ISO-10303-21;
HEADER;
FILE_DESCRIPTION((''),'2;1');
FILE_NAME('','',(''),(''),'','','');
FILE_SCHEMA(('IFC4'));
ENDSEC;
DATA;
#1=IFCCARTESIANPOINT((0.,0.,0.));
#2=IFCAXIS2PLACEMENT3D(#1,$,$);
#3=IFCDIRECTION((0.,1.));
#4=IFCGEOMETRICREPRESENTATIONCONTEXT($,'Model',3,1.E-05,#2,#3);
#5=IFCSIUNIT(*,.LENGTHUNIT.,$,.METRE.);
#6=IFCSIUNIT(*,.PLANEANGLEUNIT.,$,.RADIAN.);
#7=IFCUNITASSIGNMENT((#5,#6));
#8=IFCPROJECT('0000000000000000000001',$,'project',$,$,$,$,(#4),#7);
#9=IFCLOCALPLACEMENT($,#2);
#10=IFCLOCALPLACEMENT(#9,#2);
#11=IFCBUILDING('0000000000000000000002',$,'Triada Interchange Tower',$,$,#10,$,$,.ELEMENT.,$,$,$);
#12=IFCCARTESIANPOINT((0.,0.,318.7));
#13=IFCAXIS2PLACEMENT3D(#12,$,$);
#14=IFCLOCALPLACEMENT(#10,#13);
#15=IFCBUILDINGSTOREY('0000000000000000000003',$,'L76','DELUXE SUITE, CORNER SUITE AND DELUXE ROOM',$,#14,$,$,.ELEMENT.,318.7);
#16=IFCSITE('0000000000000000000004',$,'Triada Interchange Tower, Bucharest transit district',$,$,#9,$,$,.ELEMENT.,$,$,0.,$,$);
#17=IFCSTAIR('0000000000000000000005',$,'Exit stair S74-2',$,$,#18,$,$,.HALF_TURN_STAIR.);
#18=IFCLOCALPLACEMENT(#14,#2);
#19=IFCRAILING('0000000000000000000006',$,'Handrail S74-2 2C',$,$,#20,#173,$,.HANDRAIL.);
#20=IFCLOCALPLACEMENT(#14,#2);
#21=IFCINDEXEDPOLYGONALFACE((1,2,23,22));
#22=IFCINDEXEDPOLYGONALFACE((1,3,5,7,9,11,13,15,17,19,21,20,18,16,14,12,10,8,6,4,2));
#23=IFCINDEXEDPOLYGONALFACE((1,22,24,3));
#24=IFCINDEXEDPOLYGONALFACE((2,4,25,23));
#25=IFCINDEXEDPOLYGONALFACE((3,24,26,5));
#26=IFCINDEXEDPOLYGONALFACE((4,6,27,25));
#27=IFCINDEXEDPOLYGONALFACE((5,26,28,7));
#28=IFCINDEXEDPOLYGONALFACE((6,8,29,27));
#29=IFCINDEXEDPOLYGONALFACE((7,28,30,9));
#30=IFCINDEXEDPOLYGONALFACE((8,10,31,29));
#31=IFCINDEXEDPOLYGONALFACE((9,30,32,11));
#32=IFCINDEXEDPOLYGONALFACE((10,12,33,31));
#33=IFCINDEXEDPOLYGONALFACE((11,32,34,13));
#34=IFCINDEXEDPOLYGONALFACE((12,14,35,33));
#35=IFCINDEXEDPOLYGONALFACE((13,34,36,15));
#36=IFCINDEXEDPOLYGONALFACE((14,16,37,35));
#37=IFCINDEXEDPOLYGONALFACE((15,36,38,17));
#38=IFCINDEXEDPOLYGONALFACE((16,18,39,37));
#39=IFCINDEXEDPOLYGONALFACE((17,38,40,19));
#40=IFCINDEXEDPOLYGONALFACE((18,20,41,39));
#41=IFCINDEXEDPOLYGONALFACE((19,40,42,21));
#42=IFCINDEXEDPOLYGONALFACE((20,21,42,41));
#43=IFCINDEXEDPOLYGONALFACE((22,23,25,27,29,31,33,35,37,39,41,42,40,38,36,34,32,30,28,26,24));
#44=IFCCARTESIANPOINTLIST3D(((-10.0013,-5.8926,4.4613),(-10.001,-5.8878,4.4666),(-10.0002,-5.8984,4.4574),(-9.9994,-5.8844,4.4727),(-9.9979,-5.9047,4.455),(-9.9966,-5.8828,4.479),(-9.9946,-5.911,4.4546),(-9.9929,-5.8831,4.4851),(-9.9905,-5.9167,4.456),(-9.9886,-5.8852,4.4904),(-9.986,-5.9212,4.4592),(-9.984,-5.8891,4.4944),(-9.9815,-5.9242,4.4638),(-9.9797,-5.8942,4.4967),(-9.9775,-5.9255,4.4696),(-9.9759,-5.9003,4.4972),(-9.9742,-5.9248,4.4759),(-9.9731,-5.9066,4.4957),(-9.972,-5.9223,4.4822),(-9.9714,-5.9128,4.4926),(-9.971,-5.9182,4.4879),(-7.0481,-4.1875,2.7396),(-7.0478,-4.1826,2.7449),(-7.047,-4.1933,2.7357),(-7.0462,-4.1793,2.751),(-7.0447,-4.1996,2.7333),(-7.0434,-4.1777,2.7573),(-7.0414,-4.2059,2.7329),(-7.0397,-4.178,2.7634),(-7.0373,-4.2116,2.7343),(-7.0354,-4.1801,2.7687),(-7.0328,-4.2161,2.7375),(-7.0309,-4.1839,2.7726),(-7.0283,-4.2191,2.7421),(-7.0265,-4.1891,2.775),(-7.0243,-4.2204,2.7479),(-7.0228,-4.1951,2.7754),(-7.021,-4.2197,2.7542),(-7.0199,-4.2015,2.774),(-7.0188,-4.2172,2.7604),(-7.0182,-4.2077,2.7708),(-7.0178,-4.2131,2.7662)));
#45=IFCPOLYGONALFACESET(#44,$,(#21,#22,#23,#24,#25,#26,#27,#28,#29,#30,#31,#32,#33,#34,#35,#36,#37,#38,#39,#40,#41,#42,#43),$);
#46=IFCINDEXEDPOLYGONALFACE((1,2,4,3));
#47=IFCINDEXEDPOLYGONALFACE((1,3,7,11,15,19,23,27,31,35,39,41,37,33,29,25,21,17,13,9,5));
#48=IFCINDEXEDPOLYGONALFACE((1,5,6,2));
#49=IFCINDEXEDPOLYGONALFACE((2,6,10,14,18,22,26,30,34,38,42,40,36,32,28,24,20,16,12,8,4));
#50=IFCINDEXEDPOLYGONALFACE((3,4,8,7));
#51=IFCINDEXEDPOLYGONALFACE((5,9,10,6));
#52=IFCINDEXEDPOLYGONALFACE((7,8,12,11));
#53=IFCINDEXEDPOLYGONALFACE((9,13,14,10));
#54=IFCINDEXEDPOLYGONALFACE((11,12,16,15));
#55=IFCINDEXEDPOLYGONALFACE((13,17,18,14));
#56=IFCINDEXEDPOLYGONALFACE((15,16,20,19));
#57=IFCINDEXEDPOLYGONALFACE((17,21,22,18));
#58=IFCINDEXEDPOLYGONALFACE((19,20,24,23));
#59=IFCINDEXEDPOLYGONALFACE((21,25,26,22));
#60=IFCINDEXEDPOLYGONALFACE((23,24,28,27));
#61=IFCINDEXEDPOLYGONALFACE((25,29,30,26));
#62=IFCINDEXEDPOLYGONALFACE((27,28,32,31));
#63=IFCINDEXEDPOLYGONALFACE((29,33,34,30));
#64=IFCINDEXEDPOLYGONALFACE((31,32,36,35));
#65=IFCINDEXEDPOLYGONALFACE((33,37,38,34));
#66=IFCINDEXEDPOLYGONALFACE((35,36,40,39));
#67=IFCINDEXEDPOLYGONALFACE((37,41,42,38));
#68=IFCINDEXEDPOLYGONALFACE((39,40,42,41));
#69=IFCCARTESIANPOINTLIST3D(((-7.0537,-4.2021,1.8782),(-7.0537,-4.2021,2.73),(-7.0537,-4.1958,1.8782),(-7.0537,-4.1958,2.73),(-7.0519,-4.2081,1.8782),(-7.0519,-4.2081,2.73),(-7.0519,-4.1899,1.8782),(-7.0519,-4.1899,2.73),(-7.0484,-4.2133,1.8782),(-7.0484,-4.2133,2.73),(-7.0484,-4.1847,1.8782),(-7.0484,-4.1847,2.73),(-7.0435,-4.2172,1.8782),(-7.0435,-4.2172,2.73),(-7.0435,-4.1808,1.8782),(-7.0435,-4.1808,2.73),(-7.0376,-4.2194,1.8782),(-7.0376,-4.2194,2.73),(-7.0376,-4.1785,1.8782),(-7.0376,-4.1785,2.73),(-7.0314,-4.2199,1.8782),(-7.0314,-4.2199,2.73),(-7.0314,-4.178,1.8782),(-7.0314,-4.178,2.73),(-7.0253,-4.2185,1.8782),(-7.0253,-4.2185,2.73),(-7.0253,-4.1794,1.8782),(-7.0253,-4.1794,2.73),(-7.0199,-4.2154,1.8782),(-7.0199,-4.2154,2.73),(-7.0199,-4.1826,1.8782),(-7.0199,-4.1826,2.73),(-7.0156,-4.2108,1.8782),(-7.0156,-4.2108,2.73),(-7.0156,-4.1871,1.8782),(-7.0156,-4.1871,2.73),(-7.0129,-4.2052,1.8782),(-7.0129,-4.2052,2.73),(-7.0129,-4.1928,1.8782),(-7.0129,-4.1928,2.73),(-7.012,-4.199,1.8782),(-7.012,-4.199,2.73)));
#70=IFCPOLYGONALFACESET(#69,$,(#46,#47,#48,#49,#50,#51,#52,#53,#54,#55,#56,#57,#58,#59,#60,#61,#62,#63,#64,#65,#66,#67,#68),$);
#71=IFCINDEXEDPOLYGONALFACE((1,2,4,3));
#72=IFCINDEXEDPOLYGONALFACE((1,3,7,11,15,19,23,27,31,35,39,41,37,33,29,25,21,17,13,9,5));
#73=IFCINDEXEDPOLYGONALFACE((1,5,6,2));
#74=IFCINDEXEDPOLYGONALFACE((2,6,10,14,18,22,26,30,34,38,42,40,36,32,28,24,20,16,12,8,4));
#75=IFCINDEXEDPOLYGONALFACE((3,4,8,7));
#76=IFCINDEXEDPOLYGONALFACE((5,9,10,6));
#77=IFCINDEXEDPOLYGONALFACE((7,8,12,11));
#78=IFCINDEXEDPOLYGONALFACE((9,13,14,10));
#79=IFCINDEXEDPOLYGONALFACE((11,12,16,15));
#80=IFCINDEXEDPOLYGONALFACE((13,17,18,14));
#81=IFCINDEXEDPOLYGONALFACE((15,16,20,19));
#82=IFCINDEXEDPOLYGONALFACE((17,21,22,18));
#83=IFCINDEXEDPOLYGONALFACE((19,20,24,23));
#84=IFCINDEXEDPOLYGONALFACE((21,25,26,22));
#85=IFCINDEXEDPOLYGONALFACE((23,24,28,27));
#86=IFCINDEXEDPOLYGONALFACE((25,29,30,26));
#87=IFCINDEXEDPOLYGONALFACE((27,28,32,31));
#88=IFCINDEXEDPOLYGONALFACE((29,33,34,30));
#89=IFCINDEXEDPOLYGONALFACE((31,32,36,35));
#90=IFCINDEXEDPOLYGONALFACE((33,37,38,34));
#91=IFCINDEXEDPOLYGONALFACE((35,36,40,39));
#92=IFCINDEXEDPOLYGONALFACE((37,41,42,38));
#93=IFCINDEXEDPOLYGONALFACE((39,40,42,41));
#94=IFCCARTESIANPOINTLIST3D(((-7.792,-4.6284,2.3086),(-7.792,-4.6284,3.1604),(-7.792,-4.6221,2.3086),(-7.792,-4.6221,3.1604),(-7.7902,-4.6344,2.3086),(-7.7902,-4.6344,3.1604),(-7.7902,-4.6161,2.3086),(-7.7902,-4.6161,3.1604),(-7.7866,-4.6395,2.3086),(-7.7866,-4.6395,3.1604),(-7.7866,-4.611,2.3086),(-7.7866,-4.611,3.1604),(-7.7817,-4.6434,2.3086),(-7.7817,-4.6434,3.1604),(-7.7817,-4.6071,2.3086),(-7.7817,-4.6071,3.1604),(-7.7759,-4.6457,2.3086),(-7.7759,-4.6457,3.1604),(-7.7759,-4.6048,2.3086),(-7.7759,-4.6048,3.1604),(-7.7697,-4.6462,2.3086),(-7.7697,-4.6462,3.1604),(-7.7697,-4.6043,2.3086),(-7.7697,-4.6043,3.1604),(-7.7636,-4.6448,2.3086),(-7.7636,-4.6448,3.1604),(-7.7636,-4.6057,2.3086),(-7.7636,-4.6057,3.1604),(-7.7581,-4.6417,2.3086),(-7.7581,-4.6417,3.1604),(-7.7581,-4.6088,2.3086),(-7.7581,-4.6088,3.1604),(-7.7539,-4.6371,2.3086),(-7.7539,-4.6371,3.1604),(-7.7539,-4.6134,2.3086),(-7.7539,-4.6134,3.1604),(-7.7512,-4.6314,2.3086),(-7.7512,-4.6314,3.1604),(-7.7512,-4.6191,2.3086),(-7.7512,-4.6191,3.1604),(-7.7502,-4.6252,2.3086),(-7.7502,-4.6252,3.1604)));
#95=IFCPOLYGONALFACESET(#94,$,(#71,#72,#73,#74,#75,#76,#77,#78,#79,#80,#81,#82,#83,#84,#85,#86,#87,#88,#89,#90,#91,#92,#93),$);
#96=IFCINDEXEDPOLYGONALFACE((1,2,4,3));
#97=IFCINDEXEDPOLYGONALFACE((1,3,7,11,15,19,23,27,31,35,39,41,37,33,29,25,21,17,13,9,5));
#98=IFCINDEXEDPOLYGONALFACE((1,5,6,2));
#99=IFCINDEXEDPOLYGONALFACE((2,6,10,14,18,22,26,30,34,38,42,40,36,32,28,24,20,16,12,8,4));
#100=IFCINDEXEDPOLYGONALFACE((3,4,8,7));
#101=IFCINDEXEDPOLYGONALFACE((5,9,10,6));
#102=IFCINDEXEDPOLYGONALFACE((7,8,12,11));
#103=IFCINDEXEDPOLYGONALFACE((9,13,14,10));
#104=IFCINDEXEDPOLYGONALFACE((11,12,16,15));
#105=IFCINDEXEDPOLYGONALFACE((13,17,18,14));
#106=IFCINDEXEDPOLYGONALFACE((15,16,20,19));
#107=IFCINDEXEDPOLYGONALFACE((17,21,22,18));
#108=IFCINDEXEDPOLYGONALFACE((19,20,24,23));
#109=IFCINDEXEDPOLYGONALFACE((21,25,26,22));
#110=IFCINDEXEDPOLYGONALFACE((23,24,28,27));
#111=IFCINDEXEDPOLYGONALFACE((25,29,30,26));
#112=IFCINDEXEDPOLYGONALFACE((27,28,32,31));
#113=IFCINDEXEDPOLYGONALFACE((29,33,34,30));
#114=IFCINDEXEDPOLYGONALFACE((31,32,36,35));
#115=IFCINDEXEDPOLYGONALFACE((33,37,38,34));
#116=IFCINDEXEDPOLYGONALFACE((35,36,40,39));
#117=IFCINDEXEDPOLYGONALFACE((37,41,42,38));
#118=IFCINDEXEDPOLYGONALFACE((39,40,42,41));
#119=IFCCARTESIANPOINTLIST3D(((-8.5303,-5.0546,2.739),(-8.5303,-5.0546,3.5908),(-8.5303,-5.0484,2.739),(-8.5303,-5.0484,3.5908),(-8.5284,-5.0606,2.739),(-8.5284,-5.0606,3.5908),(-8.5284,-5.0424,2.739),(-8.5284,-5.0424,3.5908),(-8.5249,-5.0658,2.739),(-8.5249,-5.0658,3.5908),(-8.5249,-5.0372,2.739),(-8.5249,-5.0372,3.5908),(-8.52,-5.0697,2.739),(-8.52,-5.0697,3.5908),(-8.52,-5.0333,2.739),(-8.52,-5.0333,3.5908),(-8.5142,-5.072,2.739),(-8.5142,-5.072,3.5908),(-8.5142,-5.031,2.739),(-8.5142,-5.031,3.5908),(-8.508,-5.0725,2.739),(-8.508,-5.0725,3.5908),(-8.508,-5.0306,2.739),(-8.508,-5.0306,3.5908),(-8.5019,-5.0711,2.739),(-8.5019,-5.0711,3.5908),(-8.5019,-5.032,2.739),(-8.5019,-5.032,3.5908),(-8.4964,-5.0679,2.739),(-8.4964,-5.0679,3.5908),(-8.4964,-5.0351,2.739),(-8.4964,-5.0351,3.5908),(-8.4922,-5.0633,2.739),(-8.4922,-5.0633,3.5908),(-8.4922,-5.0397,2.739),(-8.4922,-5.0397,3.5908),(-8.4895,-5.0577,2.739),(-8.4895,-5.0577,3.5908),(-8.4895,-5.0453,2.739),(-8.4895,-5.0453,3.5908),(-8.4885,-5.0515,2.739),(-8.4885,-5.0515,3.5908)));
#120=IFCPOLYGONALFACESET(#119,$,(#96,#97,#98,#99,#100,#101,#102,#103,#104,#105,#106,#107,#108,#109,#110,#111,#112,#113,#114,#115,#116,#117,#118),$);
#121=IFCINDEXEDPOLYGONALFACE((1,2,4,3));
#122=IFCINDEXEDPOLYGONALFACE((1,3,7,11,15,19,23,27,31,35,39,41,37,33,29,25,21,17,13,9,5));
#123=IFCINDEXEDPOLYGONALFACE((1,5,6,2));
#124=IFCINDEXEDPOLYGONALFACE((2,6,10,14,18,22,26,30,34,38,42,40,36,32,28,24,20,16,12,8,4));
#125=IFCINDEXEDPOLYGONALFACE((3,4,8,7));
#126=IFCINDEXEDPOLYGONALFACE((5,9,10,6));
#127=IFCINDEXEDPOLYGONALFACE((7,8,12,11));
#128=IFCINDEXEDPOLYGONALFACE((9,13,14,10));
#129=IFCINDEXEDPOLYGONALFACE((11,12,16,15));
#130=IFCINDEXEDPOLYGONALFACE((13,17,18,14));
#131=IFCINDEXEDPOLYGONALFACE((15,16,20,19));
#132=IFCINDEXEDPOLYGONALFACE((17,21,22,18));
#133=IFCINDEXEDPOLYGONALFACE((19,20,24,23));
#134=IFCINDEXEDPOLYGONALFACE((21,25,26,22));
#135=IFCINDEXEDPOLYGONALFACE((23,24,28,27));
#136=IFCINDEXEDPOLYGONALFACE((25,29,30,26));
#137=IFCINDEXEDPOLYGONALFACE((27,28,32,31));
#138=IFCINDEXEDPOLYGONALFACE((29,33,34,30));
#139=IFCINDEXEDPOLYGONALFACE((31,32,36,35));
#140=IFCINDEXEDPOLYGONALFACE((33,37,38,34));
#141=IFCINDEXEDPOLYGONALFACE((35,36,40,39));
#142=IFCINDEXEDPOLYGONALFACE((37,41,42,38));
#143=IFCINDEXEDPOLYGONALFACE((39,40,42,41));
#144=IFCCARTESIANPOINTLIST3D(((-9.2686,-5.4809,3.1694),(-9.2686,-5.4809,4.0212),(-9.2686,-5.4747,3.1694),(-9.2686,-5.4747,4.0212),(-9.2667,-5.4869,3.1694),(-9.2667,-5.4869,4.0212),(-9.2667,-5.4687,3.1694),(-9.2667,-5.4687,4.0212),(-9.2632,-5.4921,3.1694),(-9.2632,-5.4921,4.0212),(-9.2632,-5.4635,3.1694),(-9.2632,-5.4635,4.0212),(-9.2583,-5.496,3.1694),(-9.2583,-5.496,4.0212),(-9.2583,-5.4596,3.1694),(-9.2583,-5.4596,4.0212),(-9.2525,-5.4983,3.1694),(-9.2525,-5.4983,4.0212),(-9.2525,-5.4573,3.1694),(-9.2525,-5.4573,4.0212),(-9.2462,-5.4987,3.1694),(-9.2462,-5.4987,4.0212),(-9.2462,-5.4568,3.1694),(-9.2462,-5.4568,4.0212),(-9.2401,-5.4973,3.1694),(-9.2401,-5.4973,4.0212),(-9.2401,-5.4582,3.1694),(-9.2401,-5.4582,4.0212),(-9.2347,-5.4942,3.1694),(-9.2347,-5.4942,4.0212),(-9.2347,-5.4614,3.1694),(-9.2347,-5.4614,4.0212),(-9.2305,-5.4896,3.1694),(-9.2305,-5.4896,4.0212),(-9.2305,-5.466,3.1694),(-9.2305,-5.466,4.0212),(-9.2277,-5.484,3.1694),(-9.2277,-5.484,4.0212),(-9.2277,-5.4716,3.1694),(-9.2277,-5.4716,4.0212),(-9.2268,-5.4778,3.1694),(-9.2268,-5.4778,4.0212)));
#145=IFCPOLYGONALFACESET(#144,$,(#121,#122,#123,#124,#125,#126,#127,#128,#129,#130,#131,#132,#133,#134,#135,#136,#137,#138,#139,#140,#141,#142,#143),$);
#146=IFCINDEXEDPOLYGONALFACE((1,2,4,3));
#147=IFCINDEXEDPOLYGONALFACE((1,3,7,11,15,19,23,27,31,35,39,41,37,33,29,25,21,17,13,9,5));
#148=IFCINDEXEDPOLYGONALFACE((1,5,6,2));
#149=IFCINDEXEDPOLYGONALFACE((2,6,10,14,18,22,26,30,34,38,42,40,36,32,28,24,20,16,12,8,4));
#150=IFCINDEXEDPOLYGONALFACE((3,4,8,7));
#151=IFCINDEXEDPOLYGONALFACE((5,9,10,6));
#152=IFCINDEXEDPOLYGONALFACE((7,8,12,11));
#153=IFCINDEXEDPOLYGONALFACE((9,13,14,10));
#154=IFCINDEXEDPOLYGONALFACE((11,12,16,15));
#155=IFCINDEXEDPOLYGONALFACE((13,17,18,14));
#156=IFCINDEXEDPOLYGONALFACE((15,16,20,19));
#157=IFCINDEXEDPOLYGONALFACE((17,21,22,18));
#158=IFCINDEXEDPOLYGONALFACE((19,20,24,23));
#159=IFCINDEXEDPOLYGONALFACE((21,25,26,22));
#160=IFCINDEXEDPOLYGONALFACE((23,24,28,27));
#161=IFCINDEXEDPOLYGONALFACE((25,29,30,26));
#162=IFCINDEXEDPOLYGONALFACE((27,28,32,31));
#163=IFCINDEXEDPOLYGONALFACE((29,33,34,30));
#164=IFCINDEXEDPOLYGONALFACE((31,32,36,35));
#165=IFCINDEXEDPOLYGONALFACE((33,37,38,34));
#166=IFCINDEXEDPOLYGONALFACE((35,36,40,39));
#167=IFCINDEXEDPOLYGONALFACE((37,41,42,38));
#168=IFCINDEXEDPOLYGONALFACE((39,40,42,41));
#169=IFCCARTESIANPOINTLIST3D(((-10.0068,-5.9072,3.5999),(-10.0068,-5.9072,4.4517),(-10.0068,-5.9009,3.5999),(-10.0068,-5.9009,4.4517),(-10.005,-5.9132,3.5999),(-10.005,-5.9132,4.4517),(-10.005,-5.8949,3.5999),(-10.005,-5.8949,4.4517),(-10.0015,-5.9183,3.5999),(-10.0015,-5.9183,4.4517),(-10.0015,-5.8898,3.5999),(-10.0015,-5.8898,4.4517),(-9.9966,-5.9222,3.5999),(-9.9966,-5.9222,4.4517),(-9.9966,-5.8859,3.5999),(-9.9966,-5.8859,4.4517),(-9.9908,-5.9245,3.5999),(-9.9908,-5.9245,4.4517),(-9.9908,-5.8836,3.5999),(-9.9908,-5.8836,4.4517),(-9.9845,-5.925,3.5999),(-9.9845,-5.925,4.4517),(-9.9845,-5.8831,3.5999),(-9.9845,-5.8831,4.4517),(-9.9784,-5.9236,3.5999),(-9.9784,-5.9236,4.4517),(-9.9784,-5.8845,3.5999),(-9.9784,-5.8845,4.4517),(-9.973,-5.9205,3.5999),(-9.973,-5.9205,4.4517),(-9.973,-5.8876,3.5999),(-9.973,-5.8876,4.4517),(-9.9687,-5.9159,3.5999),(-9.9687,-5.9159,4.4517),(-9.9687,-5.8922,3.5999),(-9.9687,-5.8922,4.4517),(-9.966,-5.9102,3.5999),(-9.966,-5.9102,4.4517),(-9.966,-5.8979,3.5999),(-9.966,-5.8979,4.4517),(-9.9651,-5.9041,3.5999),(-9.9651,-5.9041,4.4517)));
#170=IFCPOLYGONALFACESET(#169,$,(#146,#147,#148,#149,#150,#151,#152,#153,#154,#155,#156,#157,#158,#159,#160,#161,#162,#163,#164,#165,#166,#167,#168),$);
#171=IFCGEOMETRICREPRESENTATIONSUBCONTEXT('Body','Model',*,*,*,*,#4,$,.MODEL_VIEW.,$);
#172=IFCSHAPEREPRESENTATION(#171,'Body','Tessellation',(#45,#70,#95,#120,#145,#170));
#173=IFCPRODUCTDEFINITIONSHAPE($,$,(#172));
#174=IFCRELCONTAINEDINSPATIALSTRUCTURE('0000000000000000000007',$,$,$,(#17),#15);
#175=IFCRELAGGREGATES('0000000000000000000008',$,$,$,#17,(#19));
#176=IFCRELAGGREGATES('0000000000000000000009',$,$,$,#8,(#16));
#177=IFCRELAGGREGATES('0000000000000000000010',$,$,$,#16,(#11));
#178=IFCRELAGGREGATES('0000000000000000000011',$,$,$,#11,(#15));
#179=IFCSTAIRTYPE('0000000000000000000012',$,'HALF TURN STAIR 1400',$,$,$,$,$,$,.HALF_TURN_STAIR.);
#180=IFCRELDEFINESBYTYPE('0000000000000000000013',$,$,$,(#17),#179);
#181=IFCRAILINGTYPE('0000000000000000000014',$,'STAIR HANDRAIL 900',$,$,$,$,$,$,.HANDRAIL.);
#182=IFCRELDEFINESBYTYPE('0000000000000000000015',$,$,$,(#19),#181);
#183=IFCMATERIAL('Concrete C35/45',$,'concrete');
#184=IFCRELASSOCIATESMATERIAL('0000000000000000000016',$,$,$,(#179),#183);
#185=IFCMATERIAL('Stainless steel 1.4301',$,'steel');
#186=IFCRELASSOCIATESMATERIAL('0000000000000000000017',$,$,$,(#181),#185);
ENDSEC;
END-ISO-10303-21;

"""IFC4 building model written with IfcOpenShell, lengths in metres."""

from ifc_helpers import new_model, si_unit, direction, frame, origin, origin_2d, place, context, subcontext, project, spatial, circle, extrude, material, type_object, element, aggregate, save


model = new_model("IFC4")

# Units and contexts
model_context = context("Model", 3, precision=1e-05, world=origin(), true_north=direction((0.0, 1.0)))
body_context = subcontext(model_context, "Body", "Model", "MODEL_VIEW")
ifc_project = project(units=[si_unit("LENGTHUNIT", "METRE"), si_unit("PLANEANGLEUNIT", "RADIAN")], contexts=[model_context])

# Site, building, storey
site_placement = place(None, origin())
site = spatial("IfcSite", under=ifc_project, at=site_placement, Name="Triada Interchange Tower, Bucharest transit district", CompositionType="ELEMENT", RefElevation=0.0)
building_placement = place(site_placement, origin())
building = spatial("IfcBuilding", under=site, at=building_placement, Name="Triada Interchange Tower", CompositionType="ELEMENT")
storey_placement = place(building_placement, frame((0.0, 0.0, 318.7)))
storey = spatial("IfcBuildingStorey", under=building, at=storey_placement, Name="L76", Description="DELUXE SUITE, CORNER SUITE AND DELUXE ROOM", CompositionType="ELEMENT", Elevation=318.7)

# Stair, railing
ifc_material_1 = material(Name="Concrete C35/45", Category="concrete")
stair_type = type_object("IfcStairType", Name="HALF TURN STAIR 1400", PredefinedType="HALF_TURN_STAIR", material=ifc_material_1)
stair_placement = place(storey_placement, origin())
stair = element("IfcStair", 1, at=stair_placement, inside=storey, type_object=stair_type, Name="Exit stair S74-2", PredefinedType="HALF_TURN_STAIR")
ifc_material_2 = material(Name="Stainless steel 1.4301", Category="steel")
railing_type = type_object("IfcRailingType", Name="STAIR HANDRAIL 900", PredefinedType="HANDRAIL", material=ifc_material_2)
railing_1_placement = place(storey_placement, frame((-7.033, -4.199, 1.8782)))
railing_1 = element("IfcRailing", 2, at=railing_1_placement, type_object=railing_type, Name="Handrail S74-2 2C", PredefinedType="HANDRAIL", context=body_context, shape_type="SweptSolid", body=[
    extrude(circle(Radius=0.0239, at=origin_2d()), frame((0.0, 0.0, 0.876), z_axis=(-0.773069, -0.446355, 0.450701), x_axis=(0.50002, -0.866014, 0.0)), (0.0, 0.0, 1.0), 3.8201),
    extrude(circle(Radius=0.021, at=origin_2d()), origin(), (0.0, 0.0, 1.0), 0.8518),
    extrude(circle(Radius=0.021, at=origin_2d()), frame((-0.7383, -0.4263, 0.4304)), (0.0, 0.0, 1.0), 0.8518),
    extrude(circle(Radius=0.021, at=origin_2d()), frame((-1.4766, -0.8525, 0.8608)), (0.0, 0.0, 1.0), 0.8518),
    extrude(circle(Radius=0.021, at=origin_2d()), frame((-2.2148, -1.2788, 1.2913)), (0.0, 0.0, 1.0), 0.8518),
    extrude(circle(Radius=0.021, at=origin_2d()), frame((-2.9531, -1.7051, 1.7217)), (0.0, 0.0, 1.0), 0.8518),
])
aggregate(stair, [railing_1])

save(model, "model.ifc")
